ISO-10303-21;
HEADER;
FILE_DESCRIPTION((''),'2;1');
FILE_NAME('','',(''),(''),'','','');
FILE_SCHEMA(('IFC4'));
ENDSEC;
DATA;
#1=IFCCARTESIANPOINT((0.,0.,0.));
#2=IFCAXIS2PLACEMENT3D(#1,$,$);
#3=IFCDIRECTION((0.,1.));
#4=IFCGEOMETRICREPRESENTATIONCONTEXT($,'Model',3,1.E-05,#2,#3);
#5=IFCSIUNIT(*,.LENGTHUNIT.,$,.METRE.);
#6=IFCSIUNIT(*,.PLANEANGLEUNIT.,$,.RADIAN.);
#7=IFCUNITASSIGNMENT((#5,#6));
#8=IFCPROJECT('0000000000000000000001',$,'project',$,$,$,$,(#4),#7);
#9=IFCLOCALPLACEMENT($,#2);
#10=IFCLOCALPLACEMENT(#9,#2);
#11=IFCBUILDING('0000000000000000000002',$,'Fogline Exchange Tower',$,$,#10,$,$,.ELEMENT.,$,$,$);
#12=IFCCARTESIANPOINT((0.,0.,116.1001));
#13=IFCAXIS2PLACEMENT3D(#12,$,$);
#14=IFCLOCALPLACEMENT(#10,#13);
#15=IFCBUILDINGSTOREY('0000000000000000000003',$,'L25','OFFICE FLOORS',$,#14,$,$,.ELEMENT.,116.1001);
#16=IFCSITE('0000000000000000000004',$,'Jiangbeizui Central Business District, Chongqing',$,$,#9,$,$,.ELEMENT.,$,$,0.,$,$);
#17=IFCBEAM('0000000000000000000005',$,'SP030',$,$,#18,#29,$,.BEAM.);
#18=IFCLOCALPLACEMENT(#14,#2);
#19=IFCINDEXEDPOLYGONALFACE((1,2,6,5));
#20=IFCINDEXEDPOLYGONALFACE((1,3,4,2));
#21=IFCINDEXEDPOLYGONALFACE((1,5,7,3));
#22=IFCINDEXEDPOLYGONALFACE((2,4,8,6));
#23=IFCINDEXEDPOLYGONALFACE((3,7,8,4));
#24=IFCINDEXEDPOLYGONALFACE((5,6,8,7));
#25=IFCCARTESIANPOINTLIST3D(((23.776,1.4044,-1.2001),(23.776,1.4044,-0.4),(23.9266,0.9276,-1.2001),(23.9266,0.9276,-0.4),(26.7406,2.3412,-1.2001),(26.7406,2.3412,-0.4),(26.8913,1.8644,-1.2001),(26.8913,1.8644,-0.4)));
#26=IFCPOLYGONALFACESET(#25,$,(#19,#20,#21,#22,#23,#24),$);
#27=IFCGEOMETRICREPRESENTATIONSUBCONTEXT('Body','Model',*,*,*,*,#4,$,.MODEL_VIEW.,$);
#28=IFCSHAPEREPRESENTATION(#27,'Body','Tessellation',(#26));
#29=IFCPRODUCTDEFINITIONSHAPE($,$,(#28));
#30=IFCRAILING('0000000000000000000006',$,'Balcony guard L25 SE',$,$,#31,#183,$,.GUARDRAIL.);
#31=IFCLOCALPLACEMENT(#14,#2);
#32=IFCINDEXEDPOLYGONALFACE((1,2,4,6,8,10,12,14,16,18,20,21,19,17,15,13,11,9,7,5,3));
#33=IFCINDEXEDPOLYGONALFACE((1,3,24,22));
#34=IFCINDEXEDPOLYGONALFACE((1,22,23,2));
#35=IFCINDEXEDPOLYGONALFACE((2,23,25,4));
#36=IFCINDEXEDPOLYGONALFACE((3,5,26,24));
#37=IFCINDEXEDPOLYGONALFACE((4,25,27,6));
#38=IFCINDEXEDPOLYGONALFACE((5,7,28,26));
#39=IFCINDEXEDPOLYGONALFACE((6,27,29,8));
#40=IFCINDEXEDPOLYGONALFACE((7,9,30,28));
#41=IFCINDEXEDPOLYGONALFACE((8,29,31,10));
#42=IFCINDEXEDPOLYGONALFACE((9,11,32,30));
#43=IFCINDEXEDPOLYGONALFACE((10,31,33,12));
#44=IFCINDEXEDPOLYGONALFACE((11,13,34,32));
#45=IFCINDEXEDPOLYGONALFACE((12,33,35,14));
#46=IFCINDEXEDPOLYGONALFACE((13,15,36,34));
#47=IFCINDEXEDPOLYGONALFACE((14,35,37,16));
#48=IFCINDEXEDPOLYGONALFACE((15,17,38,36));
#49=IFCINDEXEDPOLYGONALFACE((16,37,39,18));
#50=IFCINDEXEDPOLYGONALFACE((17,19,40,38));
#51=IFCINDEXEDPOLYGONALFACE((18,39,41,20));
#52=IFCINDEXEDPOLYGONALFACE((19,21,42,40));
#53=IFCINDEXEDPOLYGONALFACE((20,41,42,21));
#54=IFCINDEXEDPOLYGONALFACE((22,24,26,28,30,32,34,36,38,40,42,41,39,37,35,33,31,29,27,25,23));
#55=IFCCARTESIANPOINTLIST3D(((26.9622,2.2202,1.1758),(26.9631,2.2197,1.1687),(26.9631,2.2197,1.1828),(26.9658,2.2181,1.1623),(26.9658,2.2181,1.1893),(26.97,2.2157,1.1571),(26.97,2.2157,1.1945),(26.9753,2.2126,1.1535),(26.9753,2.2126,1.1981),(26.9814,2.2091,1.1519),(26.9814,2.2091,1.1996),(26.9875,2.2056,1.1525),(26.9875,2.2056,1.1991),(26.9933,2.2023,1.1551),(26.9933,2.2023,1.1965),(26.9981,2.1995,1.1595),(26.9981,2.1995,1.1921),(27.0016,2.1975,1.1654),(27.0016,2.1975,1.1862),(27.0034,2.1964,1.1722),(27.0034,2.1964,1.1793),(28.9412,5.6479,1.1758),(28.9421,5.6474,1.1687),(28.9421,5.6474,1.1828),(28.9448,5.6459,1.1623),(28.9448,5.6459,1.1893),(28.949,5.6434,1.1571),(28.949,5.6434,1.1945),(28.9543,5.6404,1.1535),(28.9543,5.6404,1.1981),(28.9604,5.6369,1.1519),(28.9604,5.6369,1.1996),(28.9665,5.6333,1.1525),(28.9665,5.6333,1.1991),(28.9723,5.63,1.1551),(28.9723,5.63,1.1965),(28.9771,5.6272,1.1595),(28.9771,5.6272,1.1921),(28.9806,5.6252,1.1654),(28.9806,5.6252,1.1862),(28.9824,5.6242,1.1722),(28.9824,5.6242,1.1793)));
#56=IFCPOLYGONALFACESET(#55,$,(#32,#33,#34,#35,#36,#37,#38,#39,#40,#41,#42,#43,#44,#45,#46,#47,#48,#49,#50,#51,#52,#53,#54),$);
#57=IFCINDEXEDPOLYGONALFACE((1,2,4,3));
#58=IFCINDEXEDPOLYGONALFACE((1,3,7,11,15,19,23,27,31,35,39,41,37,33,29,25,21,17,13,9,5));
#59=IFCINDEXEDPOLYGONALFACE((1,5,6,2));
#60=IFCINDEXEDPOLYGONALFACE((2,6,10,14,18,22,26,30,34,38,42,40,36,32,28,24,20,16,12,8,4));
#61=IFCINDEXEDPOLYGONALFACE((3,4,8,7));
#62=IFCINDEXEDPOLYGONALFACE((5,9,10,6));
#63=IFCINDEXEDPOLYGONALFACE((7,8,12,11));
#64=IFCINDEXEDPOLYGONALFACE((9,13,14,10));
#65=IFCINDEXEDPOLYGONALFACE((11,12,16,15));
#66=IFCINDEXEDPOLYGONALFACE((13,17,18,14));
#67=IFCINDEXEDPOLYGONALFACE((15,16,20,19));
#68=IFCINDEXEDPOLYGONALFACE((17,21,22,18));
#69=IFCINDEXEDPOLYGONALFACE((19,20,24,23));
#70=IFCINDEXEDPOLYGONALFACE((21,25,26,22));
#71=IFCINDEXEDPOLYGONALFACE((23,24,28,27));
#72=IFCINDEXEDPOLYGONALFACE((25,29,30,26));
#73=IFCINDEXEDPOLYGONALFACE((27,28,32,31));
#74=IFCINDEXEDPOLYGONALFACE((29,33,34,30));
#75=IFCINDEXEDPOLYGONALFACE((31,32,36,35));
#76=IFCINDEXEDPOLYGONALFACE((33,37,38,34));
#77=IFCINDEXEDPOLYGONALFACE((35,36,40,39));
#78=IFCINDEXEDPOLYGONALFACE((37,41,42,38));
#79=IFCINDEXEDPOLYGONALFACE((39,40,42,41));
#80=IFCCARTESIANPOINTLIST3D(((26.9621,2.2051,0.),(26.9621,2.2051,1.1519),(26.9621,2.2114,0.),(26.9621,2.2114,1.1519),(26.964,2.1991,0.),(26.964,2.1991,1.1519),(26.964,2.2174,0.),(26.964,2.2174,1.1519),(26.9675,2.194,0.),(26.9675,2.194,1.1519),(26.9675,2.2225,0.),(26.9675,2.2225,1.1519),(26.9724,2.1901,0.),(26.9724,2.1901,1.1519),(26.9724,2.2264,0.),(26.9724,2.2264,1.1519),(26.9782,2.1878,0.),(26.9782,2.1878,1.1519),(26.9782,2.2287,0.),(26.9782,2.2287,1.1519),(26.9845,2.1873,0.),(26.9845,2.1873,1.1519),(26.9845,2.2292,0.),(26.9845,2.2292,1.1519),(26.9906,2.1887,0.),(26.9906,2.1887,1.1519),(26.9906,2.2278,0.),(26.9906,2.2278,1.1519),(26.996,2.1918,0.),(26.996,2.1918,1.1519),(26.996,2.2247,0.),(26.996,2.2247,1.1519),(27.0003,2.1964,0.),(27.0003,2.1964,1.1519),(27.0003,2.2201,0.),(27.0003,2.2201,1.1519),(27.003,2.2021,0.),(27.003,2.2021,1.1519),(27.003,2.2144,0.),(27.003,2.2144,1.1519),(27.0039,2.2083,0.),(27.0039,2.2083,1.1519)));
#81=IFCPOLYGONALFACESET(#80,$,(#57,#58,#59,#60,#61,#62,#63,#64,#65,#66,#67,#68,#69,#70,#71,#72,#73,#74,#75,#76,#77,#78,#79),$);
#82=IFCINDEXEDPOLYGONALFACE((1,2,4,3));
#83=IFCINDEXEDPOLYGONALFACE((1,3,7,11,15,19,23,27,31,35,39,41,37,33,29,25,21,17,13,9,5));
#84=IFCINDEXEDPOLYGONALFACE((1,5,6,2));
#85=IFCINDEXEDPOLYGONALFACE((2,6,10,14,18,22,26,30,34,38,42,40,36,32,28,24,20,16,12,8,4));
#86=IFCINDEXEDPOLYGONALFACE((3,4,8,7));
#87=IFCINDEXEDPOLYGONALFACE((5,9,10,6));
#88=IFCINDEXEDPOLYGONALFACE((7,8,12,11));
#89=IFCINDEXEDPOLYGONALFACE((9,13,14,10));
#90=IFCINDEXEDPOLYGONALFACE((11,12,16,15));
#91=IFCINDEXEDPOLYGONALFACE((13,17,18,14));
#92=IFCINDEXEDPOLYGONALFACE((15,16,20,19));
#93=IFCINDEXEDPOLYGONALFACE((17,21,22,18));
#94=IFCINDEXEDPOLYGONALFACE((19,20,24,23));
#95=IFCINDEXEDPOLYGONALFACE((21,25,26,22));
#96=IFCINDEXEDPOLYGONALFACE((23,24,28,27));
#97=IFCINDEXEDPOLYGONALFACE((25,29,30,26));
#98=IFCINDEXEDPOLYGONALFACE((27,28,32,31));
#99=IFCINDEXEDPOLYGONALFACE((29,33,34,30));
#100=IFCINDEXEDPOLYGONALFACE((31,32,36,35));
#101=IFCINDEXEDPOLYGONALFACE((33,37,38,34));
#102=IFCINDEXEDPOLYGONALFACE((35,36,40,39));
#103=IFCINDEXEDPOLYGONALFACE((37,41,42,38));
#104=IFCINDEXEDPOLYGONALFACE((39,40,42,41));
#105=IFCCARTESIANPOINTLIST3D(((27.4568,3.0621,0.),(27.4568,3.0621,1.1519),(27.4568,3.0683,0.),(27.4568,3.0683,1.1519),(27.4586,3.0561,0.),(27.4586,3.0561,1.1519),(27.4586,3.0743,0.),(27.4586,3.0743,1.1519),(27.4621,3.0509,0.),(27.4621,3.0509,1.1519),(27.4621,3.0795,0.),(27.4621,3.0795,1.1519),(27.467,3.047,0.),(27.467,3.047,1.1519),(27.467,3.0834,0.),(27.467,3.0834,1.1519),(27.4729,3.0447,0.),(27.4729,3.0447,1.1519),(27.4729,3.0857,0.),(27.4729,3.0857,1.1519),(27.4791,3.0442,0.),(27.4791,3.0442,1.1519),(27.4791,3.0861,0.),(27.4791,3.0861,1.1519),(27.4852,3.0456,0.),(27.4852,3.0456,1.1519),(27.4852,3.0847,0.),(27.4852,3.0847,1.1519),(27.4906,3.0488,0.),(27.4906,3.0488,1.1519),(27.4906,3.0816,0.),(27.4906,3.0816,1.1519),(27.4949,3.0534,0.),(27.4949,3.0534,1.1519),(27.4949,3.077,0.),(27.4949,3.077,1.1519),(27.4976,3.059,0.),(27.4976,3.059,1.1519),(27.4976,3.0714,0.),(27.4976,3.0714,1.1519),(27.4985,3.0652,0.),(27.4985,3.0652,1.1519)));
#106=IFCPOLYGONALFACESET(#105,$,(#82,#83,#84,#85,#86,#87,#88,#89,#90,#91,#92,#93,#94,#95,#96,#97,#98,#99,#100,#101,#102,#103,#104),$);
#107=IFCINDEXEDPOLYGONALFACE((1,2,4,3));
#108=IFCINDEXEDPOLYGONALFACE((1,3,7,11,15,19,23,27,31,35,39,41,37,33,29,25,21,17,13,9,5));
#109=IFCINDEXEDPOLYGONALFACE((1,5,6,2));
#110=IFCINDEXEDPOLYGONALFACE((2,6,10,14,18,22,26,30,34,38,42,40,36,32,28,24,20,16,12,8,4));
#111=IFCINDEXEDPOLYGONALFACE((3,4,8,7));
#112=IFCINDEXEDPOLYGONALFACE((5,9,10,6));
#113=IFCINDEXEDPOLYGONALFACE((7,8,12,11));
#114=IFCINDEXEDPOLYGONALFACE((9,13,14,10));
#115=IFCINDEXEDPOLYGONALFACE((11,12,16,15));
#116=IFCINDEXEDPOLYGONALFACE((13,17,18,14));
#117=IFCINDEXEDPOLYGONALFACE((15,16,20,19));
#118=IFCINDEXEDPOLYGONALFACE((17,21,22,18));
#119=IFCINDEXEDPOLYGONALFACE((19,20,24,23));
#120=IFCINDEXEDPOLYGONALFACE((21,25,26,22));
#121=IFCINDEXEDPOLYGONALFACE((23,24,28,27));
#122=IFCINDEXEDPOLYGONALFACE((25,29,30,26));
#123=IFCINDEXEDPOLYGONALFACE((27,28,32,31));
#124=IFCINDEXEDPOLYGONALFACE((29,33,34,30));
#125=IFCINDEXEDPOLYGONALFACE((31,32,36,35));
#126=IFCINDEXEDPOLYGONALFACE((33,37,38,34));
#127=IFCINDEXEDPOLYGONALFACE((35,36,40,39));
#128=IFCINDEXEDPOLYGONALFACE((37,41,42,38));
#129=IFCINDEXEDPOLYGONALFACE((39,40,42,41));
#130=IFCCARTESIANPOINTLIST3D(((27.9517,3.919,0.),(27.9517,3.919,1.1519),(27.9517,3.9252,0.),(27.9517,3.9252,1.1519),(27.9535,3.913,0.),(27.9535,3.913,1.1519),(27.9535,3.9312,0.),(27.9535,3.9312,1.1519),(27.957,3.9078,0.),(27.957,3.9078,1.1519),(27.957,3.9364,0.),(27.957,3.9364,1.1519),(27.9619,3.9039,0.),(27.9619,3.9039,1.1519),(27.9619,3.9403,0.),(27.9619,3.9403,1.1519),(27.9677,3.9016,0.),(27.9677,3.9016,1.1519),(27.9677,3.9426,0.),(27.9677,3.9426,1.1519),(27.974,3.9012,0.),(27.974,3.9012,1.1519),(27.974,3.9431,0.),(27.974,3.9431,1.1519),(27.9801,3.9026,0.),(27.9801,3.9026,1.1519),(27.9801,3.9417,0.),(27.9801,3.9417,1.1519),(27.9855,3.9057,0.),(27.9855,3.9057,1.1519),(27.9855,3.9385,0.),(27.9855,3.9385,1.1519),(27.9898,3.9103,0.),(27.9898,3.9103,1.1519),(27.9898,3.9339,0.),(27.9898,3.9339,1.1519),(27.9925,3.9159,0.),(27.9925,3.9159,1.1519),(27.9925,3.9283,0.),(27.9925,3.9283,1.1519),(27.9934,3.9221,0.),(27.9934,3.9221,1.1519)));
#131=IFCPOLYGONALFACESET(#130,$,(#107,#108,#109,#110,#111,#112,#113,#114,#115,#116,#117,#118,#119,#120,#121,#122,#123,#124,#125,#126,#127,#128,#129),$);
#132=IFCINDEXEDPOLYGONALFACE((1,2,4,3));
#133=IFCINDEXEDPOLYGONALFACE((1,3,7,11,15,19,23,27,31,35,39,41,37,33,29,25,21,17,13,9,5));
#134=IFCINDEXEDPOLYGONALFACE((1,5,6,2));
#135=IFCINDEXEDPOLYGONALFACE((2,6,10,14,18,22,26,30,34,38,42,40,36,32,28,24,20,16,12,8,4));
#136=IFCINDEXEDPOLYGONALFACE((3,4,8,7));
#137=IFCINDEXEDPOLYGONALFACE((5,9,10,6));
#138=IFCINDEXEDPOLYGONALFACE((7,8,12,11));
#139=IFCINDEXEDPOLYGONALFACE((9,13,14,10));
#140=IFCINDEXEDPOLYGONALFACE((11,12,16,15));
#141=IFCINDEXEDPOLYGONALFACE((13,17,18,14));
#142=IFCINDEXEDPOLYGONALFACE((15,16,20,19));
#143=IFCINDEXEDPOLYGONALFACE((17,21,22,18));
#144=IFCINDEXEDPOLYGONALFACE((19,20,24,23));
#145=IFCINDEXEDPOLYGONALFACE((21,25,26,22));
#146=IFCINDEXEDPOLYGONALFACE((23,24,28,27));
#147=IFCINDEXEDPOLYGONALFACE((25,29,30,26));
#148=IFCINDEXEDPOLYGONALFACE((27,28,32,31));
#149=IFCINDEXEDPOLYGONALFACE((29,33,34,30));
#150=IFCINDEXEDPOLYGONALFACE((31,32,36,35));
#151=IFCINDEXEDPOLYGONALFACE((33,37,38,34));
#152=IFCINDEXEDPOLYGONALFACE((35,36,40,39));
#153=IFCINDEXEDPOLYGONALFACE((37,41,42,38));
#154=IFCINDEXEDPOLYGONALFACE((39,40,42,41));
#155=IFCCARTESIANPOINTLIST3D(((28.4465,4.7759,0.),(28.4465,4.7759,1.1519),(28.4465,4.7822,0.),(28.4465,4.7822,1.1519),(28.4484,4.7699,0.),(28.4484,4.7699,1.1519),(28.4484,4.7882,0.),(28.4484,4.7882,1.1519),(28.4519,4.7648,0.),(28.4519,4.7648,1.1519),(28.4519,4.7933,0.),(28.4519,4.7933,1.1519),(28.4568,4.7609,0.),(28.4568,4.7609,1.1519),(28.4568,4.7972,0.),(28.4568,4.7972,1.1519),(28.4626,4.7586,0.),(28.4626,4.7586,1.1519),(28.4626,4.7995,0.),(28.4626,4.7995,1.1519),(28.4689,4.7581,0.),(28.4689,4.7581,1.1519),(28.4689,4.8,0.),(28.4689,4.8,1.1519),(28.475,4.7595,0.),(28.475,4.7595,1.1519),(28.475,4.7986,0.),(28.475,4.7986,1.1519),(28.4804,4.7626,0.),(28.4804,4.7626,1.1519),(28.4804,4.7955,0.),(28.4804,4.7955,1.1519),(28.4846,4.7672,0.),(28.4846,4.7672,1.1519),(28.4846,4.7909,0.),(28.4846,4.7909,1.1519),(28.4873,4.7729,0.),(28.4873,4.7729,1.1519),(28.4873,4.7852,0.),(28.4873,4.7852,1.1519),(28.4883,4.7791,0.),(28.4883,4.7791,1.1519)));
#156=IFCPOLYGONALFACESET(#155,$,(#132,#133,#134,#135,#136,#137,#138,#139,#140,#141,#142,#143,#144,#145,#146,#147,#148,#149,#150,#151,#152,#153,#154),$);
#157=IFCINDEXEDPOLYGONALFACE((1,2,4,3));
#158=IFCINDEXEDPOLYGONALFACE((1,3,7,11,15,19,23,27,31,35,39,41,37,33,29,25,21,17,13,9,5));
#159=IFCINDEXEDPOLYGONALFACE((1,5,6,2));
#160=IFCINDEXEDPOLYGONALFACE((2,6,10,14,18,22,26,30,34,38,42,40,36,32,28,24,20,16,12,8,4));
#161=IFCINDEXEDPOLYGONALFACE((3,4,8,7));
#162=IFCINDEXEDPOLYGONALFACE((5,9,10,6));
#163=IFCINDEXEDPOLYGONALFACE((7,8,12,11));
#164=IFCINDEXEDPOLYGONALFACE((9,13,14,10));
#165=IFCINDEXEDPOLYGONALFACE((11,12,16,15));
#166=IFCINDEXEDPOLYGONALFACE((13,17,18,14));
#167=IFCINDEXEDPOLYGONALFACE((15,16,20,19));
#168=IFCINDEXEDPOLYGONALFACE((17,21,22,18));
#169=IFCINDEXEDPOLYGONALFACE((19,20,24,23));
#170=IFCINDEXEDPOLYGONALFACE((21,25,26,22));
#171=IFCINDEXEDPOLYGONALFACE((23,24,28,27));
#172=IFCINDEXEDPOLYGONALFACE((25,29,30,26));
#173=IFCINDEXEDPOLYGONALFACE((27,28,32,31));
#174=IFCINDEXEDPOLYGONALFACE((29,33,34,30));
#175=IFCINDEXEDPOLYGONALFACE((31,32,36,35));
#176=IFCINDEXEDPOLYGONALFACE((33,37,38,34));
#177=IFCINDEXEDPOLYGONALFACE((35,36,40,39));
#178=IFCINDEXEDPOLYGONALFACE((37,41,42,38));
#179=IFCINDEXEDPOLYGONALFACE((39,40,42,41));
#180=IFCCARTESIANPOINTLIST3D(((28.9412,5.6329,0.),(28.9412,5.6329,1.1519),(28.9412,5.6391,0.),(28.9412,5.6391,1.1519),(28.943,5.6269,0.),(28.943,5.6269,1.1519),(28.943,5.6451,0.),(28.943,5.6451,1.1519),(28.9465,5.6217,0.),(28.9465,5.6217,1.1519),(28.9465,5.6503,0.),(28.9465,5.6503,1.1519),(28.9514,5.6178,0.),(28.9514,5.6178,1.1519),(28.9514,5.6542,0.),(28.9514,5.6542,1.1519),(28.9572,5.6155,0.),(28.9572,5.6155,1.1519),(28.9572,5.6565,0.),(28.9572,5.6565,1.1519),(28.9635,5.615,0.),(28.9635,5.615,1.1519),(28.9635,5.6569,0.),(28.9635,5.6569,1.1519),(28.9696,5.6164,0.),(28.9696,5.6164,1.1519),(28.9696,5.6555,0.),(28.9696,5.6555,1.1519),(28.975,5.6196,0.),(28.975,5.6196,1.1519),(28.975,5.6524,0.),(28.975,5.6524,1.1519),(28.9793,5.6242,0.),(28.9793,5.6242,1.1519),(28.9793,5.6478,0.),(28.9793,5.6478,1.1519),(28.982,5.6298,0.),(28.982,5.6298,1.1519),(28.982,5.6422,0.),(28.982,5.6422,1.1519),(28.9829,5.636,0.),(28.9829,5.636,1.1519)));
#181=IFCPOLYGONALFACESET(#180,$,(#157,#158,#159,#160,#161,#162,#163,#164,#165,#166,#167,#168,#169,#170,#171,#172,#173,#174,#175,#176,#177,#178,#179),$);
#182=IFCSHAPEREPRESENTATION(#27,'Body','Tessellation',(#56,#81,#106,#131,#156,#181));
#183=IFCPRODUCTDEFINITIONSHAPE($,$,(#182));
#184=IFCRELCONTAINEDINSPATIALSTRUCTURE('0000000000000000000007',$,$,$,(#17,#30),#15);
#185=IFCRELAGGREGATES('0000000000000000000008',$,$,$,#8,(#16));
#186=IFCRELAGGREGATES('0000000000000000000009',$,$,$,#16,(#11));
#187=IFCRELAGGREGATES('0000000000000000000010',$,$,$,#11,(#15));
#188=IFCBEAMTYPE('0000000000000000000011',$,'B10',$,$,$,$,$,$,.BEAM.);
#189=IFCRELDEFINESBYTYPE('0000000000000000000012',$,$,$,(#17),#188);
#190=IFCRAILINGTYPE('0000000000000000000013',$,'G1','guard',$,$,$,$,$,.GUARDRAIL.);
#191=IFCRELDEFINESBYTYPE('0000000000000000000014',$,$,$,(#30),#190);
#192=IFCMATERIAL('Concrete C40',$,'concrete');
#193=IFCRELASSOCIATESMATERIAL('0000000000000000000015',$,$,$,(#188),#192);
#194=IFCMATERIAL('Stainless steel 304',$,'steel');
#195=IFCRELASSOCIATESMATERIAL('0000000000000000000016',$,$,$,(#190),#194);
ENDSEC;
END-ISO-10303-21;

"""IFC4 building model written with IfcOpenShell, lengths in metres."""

from ifc_helpers import new_model, si_unit, direction, frame, origin, origin_2d, place, context, subcontext, project, spatial, rectangle, circle, extrude, material, material_profile, profile_set, type_object, element, save


model = new_model("IFC4")

# Units and contexts
model_context = context("Model", 3, precision=1e-05, world=origin(), true_north=direction((0.0, 1.0)))
body_context = subcontext(model_context, "Body", "Model", "MODEL_VIEW")
ifc_project = project(units=[si_unit("LENGTHUNIT", "METRE"), si_unit("PLANEANGLEUNIT", "RADIAN")], contexts=[model_context])

# Site, building, storey
site_placement = place(None, origin())
site = spatial("IfcSite", under=ifc_project, at=site_placement, Name="Jiangbeizui Central Business District, Chongqing", CompositionType="ELEMENT", RefElevation=0.0)
building_placement = place(site_placement, origin())
building = spatial("IfcBuilding", under=site, at=building_placement, Name="Fogline Exchange Tower", CompositionType="ELEMENT")
storey_placement = place(building_placement, frame((0.0, 0.0, 116.1001)))
storey = spatial("IfcBuildingStorey", under=building, at=storey_placement, Name="L25", Description="OFFICE FLOORS", CompositionType="ELEMENT", Elevation=116.1001)

# Beam
ifc_material_1 = material(Name="Concrete C40", Category="concrete")
ifc_material_profile = material_profile(ifc_material_1, rectangle(XDim=0.5, YDim=0.8, at=origin_2d()), Name="RC 500x800")
ifc_profile_set = profile_set([ifc_material_profile], Name="Concrete C40")
beam_type = type_object("IfcBeamType", Name="B10", PredefinedType="BEAM", material=ifc_profile_set)
beam_placement = place(storey_placement, frame((23.8513, 1.166, -0.8), z_axis=(0.953529, 0.3013, 0.0), x_axis=(-0.3013, 0.953529, 0.0)))
element("IfcBeam", 1, at=beam_placement, inside=storey, type_object=beam_type, Name="SP030", PredefinedType="BEAM", context=body_context, shape_type="SweptSolid", body=[
    extrude(rectangle(XDim=0.5, YDim=0.8, at=origin_2d()), origin(), (0.0, 0.0, 1.0), 3.1091),
])

# Railing
ifc_material_2 = material(Name="Stainless steel 304", Category="steel")
railing_type = type_object("IfcRailingType", Name="G1", Description="guard", PredefinedType="GUARDRAIL", material=ifc_material_2)
railing_placement = place(storey_placement, frame((26.9829, 2.2083, 0.0)))
element("IfcRailing", 2, at=railing_placement, inside=storey, type_object=railing_type, Name="Balcony guard L25 SE", PredefinedType="GUARDRAIL", context=body_context, shape_type="SweptSolid", body=[
    extrude(circle(Radius=0.0239, at=origin_2d()), frame((0.0, 0.0, 1.1758), z_axis=(0.5, 0.866025, 0.0), x_axis=(-0.866025, 0.5, 0.0)), (0.0, 0.0, 1.0), 3.958),
    extrude(circle(Radius=0.021, at=origin_2d()), origin(), (0.0, 0.0, 1.0), 1.1519),
    extrude(circle(Radius=0.021, at=origin_2d()), frame((0.4946, 0.8569, 0.0)), (0.0, 0.0, 1.0), 1.1519),
    extrude(circle(Radius=0.021, at=origin_2d()), frame((0.9895, 1.7139, 0.0)), (0.0, 0.0, 1.0), 1.1519),
    extrude(circle(Radius=0.021, at=origin_2d()), frame((1.4844, 2.5708, 0.0)), (0.0, 0.0, 1.0), 1.1519),
    extrude(circle(Radius=0.021, at=origin_2d()), frame((1.979, 3.4277, 0.0)), (0.0, 0.0, 1.0), 1.1519),
])

save(model, "model.ifc")
